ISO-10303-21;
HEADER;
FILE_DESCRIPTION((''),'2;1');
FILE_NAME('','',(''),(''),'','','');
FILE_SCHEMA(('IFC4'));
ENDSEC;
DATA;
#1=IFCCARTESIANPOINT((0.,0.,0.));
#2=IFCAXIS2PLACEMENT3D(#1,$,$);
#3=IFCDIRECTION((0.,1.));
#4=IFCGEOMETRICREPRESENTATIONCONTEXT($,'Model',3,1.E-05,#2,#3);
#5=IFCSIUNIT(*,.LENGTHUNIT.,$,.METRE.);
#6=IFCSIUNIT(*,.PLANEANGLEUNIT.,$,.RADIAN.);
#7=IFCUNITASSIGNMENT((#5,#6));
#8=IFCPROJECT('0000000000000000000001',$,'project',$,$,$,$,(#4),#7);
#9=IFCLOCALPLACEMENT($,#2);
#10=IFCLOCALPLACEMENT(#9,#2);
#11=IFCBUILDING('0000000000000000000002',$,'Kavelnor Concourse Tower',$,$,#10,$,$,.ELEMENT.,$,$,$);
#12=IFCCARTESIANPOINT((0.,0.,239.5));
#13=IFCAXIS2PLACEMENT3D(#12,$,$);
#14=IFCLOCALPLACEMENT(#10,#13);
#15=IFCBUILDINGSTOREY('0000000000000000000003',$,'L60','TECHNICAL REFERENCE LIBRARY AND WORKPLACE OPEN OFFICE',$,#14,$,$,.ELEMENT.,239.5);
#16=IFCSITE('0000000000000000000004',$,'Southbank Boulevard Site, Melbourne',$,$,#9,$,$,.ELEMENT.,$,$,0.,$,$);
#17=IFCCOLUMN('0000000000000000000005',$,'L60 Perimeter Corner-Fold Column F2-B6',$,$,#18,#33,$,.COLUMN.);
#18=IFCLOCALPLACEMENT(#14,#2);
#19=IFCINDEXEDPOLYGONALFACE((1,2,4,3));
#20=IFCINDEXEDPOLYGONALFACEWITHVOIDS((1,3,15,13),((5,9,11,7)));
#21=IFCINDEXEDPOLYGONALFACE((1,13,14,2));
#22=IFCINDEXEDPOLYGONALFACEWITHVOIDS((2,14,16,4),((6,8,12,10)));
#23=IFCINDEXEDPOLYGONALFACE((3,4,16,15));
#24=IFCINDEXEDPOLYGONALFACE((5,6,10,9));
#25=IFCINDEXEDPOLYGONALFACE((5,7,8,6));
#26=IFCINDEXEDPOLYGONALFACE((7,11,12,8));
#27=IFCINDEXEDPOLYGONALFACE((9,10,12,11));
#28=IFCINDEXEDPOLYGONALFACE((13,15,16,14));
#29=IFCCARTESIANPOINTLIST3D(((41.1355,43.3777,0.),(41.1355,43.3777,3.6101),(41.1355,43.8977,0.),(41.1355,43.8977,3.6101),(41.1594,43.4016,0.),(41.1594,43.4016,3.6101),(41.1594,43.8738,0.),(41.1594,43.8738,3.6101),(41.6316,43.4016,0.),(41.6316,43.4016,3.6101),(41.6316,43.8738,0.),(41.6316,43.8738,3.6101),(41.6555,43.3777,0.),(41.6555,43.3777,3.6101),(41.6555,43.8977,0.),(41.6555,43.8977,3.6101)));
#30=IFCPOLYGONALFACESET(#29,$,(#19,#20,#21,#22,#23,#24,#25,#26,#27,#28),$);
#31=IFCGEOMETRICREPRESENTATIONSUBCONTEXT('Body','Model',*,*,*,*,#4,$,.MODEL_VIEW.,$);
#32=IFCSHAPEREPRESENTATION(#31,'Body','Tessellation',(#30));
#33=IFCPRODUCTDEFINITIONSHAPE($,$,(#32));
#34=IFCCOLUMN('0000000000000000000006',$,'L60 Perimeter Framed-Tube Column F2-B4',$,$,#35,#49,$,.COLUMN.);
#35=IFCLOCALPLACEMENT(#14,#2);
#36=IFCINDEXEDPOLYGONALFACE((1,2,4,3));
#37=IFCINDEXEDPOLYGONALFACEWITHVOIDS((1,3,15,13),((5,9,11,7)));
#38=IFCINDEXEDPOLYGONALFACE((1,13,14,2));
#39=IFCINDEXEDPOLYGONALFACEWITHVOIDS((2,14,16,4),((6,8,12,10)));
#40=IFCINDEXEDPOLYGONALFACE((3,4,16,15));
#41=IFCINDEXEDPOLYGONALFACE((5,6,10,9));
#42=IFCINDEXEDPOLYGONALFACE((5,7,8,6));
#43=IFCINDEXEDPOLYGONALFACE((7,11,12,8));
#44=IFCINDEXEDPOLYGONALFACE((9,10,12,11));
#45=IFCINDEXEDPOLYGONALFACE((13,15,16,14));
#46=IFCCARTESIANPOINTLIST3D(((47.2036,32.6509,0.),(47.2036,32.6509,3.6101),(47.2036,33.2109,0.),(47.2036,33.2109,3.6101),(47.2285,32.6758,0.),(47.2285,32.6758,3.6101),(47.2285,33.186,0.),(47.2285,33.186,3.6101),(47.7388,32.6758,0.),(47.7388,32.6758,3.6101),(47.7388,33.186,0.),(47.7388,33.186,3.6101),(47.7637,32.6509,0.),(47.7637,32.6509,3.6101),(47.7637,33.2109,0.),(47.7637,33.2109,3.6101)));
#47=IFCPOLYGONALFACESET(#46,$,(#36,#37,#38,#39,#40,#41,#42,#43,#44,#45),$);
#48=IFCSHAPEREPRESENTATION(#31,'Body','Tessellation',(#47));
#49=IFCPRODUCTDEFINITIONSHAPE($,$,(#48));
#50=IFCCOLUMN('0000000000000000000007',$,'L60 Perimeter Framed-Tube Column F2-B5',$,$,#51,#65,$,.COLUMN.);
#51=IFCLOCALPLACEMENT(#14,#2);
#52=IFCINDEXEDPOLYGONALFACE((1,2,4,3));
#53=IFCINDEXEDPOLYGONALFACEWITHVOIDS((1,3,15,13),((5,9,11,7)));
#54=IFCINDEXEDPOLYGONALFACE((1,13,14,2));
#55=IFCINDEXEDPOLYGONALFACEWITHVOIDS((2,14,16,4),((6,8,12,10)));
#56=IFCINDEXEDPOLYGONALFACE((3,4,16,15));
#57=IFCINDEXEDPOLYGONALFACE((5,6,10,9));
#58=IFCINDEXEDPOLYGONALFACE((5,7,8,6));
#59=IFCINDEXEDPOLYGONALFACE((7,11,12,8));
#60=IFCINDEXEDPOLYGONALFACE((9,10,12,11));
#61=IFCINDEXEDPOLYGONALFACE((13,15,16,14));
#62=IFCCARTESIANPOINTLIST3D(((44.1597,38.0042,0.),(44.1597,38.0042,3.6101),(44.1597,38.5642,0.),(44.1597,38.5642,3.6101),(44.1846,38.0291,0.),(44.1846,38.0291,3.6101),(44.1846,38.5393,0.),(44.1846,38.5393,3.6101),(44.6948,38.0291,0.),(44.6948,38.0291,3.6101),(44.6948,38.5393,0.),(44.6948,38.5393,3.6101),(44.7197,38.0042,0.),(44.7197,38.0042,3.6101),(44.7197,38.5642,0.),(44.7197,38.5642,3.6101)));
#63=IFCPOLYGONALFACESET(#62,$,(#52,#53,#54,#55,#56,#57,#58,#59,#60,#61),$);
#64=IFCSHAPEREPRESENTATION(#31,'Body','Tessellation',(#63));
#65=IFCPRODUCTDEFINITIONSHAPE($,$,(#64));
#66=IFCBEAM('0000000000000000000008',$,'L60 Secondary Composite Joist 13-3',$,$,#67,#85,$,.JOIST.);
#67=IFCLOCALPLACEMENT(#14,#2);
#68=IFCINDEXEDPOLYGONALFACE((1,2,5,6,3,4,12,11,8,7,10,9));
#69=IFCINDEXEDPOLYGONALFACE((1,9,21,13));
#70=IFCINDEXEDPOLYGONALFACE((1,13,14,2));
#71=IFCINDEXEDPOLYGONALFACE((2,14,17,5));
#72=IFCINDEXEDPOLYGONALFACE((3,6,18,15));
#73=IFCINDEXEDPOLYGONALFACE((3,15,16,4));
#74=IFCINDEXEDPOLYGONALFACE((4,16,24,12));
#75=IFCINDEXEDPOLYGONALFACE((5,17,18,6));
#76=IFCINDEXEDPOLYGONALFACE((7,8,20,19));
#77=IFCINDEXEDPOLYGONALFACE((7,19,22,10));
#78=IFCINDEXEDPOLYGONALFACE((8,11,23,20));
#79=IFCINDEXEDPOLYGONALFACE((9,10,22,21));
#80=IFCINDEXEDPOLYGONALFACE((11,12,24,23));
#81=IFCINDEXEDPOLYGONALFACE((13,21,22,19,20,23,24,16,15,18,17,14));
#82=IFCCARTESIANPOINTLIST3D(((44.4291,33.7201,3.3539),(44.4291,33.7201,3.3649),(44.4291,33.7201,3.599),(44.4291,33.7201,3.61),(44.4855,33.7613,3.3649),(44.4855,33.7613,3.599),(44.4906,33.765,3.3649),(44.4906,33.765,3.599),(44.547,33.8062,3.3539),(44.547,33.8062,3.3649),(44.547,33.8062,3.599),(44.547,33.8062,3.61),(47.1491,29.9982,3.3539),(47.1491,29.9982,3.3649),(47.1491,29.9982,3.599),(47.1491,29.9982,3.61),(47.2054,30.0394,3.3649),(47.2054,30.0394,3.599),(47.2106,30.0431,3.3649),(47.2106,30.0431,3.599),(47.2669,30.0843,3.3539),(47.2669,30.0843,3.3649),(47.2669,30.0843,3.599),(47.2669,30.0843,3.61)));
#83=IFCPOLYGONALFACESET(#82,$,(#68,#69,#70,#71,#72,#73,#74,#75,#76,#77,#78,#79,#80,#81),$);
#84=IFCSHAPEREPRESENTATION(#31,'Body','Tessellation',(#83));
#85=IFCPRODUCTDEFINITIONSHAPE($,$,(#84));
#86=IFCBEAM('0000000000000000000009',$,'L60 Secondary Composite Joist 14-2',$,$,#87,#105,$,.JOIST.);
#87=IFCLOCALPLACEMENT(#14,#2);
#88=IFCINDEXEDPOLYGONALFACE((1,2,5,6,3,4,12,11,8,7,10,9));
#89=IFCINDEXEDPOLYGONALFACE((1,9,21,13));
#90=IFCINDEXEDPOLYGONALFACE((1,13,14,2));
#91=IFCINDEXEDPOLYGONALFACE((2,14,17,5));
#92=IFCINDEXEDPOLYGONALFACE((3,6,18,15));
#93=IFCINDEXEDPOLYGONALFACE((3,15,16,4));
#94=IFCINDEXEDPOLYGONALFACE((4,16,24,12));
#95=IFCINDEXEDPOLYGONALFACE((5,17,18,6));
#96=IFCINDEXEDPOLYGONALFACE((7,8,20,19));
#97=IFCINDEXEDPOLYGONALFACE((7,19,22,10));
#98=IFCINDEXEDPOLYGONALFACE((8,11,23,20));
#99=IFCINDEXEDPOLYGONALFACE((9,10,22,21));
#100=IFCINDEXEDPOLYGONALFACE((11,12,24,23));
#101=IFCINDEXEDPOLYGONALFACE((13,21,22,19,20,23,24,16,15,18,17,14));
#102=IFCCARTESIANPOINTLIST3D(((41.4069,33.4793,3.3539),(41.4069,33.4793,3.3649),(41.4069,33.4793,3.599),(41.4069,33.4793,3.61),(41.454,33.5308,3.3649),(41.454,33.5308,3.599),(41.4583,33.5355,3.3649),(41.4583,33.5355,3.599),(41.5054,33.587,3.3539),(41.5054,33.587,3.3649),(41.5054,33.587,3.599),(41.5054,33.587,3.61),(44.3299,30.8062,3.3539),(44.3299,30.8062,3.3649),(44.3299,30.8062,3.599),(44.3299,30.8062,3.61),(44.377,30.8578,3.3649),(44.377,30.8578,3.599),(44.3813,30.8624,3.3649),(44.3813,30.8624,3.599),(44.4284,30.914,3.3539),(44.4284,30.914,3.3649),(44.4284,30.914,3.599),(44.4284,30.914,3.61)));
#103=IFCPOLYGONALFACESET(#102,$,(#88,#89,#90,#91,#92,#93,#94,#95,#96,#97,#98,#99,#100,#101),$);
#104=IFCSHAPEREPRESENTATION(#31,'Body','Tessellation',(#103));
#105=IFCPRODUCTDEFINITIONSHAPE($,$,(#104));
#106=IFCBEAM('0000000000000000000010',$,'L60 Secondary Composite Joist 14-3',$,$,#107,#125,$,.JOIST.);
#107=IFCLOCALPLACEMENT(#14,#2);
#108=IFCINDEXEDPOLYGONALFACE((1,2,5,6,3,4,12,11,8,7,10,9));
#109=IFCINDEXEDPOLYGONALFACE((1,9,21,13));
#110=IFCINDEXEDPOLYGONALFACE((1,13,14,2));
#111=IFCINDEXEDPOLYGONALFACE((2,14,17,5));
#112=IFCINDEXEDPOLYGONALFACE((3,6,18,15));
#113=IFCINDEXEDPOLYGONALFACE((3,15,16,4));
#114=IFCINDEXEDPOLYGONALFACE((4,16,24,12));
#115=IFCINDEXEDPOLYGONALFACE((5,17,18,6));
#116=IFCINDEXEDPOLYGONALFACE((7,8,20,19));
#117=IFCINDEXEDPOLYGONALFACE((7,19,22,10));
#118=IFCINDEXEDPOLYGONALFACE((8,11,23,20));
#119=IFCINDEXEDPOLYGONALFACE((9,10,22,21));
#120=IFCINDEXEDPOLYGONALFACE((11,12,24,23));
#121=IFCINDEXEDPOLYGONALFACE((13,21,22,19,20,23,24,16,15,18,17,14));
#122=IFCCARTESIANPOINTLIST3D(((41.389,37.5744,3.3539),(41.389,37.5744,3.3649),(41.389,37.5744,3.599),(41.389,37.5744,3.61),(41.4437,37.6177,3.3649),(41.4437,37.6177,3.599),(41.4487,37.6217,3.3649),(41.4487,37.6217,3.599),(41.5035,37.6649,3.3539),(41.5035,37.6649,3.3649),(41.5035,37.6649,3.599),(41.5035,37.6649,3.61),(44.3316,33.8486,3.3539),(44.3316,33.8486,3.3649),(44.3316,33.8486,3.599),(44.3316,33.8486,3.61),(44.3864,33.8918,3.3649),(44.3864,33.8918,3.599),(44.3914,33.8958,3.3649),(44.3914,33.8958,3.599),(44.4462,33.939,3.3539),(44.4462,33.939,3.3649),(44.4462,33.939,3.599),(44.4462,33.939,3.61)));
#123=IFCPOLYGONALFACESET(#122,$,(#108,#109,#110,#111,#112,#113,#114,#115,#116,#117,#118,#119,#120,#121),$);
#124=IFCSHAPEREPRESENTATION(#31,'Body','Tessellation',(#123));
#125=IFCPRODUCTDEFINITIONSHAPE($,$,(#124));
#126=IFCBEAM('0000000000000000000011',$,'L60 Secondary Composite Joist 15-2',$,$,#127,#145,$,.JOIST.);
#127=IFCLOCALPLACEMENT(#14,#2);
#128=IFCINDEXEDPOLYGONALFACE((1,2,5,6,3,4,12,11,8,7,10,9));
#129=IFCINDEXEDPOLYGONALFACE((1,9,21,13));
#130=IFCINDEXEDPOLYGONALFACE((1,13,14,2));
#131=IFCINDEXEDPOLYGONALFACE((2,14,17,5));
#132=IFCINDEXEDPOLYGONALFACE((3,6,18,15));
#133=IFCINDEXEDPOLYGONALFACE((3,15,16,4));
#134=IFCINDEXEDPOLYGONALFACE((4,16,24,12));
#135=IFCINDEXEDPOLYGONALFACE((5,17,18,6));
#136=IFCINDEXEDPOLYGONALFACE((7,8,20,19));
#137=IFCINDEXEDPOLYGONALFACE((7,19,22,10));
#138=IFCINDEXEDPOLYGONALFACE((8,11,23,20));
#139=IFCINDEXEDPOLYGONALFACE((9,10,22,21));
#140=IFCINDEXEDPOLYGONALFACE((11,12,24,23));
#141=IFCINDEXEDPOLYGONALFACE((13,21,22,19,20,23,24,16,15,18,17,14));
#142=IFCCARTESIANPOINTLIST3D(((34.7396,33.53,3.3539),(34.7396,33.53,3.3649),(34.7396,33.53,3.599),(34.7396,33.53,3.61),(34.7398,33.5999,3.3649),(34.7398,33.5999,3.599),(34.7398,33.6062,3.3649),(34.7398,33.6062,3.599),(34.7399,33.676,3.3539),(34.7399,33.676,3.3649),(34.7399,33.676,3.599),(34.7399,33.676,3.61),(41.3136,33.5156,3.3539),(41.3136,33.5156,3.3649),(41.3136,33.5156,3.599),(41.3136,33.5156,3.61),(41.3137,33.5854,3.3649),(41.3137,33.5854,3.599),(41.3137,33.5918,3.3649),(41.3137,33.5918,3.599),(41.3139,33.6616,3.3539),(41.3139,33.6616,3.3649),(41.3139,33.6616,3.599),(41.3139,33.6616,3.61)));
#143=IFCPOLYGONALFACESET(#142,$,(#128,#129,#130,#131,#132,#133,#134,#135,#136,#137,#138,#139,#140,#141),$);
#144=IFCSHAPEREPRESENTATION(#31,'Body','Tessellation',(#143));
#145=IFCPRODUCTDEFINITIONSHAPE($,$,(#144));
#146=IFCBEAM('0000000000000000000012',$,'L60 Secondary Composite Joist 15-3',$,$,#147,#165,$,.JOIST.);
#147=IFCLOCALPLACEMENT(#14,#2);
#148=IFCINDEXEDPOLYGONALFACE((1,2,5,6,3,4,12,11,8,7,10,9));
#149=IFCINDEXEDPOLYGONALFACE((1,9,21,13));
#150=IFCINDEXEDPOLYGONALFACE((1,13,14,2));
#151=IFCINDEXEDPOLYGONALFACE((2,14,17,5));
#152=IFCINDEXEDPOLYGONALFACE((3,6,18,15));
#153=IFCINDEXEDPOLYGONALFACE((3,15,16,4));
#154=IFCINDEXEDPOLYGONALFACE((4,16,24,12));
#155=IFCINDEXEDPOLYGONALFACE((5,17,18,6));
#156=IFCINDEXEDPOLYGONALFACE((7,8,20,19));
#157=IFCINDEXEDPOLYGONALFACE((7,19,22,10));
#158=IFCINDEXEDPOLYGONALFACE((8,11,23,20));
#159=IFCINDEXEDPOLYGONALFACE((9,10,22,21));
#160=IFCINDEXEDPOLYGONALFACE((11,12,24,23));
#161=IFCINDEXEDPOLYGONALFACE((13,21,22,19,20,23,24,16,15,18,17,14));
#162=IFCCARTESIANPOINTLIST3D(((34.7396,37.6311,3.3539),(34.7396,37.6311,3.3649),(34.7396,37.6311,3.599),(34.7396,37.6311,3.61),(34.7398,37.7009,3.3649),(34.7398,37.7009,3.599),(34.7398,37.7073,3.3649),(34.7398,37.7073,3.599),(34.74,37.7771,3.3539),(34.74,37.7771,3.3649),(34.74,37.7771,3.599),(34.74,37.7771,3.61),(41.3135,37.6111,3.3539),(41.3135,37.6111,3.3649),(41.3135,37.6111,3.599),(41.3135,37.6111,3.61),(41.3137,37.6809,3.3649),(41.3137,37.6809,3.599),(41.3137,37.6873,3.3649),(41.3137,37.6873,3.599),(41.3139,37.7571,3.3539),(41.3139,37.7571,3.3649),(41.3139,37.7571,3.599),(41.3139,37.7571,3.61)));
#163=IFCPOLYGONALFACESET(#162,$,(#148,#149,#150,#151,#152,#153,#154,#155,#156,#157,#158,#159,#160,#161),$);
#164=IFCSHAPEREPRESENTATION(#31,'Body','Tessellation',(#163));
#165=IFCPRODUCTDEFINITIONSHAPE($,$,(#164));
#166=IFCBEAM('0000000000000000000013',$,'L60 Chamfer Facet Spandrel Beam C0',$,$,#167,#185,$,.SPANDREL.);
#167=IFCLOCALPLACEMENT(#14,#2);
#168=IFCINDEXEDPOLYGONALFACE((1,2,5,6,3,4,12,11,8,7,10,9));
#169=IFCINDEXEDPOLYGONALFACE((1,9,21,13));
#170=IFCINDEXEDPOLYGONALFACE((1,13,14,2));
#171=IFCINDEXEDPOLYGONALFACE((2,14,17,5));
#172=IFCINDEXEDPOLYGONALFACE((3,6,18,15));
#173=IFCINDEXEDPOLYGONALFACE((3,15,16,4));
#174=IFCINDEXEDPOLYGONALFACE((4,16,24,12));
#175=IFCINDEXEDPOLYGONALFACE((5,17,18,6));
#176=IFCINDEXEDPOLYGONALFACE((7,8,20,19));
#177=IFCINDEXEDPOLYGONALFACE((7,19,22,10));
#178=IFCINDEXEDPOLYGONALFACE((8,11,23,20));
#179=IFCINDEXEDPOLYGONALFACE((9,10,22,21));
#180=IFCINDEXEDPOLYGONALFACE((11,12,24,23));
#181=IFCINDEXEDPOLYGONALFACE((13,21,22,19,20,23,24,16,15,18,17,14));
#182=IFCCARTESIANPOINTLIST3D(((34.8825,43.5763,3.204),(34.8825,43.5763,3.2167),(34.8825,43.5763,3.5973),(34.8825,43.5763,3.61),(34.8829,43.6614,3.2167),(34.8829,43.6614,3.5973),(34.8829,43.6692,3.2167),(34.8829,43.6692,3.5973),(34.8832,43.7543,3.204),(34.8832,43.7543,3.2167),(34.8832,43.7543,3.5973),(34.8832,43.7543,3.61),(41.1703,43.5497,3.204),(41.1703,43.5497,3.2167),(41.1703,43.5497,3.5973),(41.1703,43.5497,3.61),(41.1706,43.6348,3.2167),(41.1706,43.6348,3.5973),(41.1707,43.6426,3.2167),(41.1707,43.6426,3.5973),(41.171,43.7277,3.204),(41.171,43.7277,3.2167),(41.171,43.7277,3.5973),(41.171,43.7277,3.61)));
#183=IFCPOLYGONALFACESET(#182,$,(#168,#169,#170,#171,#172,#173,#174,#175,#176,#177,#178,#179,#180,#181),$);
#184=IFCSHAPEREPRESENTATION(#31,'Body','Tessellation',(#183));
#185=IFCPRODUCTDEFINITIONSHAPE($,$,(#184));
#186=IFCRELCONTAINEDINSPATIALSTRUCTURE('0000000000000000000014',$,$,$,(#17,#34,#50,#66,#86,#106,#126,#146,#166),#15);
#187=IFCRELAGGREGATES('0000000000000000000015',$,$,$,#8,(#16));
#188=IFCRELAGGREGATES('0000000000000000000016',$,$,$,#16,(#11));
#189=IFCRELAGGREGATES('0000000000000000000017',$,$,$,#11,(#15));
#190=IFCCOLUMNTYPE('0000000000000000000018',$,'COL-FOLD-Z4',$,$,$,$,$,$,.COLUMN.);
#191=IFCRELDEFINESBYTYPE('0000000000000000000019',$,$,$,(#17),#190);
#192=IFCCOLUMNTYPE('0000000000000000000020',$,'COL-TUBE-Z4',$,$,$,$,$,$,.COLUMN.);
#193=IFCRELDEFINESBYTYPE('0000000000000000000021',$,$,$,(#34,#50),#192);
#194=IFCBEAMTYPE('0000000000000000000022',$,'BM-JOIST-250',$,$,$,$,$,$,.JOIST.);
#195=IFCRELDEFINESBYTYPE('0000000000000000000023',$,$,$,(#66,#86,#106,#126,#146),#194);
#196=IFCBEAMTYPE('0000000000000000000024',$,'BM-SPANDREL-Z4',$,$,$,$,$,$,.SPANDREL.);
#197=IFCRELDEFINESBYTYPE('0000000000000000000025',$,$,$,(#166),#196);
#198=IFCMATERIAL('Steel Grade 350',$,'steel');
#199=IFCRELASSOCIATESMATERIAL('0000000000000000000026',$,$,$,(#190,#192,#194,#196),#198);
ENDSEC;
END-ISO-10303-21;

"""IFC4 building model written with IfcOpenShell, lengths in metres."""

from ifc_helpers import new_model, si_unit, direction, frame, origin, origin_2d, place, context, subcontext, project, spatial, hollow_rectangle, i_section, extrude, material, material_profile, profile_set, type_object, element, save


model = new_model("IFC4")

# Units and contexts
model_context = context("Model", 3, precision=1e-05, world=origin(), true_north=direction((0.0, 1.0)))
body_context = subcontext(model_context, "Body", "Model", "MODEL_VIEW")
ifc_project = project(units=[si_unit("LENGTHUNIT", "METRE"), si_unit("PLANEANGLEUNIT", "RADIAN")], contexts=[model_context])

# Site, building, storey
site_placement = place(None, origin())
site = spatial("IfcSite", under=ifc_project, at=site_placement, Name="Southbank Boulevard Site, Melbourne", CompositionType="ELEMENT", RefElevation=0.0)
building_placement = place(site_placement, origin())
building = spatial("IfcBuilding", under=site, at=building_placement, Name="Kavelnor Concourse Tower", CompositionType="ELEMENT")
storey_placement = place(building_placement, frame((0.0, 0.0, 239.5)))
storey = spatial("IfcBuildingStorey", under=building, at=storey_placement, Name="L60", Description="TECHNICAL REFERENCE LIBRARY AND WORKPLACE OPEN OFFICE", CompositionType="ELEMENT", Elevation=239.5)

# Columns
ifc_material_1 = material(Name="Steel Grade 350", Category="steel")
ifc_material_profile_1 = material_profile(ifc_material_1, hollow_rectangle(XDim=0.52, YDim=0.52, WallThickness=0.0239, at=origin_2d()), Name="SHS 520x520x24")
ifc_profile_set_1 = profile_set([ifc_material_profile_1], Name="Steel Grade 350")
column_type_1 = type_object("IfcColumnType", Name="COL-FOLD-Z4", PredefinedType="COLUMN", material=ifc_profile_set_1)
column_placement = place(storey_placement, frame((41.3955, 43.6377, 0.0), z_axis=(0.0, 0.0, 1.0), x_axis=(1.0, 0.0, 0.0)))
element("IfcColumn", 1, at=column_placement, inside=storey, type_object=column_type_1, Name="L60 Perimeter Corner-Fold Column F2-B6", PredefinedType="COLUMN", context=body_context, shape_type="SweptSolid", body=[
    extrude(hollow_rectangle(XDim=0.52, YDim=0.52, WallThickness=0.0239, at=origin_2d()), origin(), (0.0, 0.0, 1.0), 3.6101),
])
ifc_material_profile_2 = material_profile(ifc_material_1, hollow_rectangle(XDim=0.5601, YDim=0.5601, WallThickness=0.0249, at=origin_2d()), Name="SHS 560x560x25")
ifc_profile_set_2 = profile_set([ifc_material_profile_2], Name="Steel Grade 350")
column_type_2 = type_object("IfcColumnType", Name="COL-TUBE-Z4", PredefinedType="COLUMN", material=ifc_profile_set_2)
for number, where, z_axis, x_axis, name in (
    (2, (47.4836, 32.9309, 0.0), (0.0, 0.0, 1.0), (1.0, 0.0, 0.0), "L60 Perimeter Framed-Tube Column F2-B4"),
    (3, (44.4397, 38.2842, 0.0), (0.0, 0.0, 1.0), (1.0, 0.0, 0.0), "L60 Perimeter Framed-Tube Column F2-B5"),
):
    element("IfcColumn", number, at=place(storey_placement, frame(where, z_axis=z_axis, x_axis=x_axis)), inside=storey, type_object=column_type_2, Name=name, PredefinedType="COLUMN", context=body_context, shape_type="SweptSolid", body=[
        extrude(hollow_rectangle(XDim=0.5601, YDim=0.5601, WallThickness=0.0249, at=origin_2d()), origin(), (0.0, 0.0, 1.0), 3.6101),
    ])

# Beams
ifc_material_profile_3 = material_profile(ifc_material_1, i_section(OverallWidth=0.146, OverallDepth=0.2561, WebThickness=0.0063, FlangeThickness=0.011, at=origin_2d()), Name="250UB37")
ifc_profile_set_3 = profile_set([ifc_material_profile_3], Name="Steel Grade 350")
beam_type_1 = type_object("IfcBeamType", Name="BM-JOIST-250", PredefinedType="JOIST", material=ifc_profile_set_3)
beam_1_placement = place(storey_placement, frame((47.208, 30.0413, 3.4819), z_axis=(-0.590031, 0.80738, 0.0), x_axis=(-0.80738, -0.590031, 0.0)))
element("IfcBeam", 4, at=beam_1_placement, inside=storey, type_object=beam_type_1, Name="L60 Secondary Composite Joist 13-3", PredefinedType="JOIST", context=body_context, shape_type="SweptSolid", body=[
    extrude(i_section(OverallWidth=0.146, OverallDepth=0.2561, WebThickness=0.0063, FlangeThickness=0.011, at=origin_2d()), origin(), (0.0, 0.0, 1.0), 4.6099),
])
beam_2_placement = place(storey_placement, frame((44.3792, 30.8601, 3.4819), z_axis=(-0.73796, 0.674845, 0.0), x_axis=(-0.674845, -0.73796, 0.0)))
element("IfcBeam", 5, at=beam_2_placement, inside=storey, type_object=beam_type_1, Name="L60 Secondary Composite Joist 14-2", PredefinedType="JOIST", context=body_context, shape_type="SweptSolid", body=[
    extrude(i_section(OverallWidth=0.146, OverallDepth=0.2561, WebThickness=0.0063, FlangeThickness=0.011, at=origin_2d()), origin(), (0.0, 0.0, 1.0), 3.9609),
])
beam_3_placement = place(storey_placement, frame((44.3889, 33.8938, 3.4819), z_axis=(-0.619798, 0.784762, 0.0), x_axis=(-0.784762, -0.619798, 0.0)))
element("IfcBeam", 6, at=beam_3_placement, inside=storey, type_object=beam_type_1, Name="L60 Secondary Composite Joist 14-3", PredefinedType="JOIST", context=body_context, shape_type="SweptSolid", body=[
    extrude(i_section(OverallWidth=0.146, OverallDepth=0.2561, WebThickness=0.0063, FlangeThickness=0.011, at=origin_2d()), origin(), (0.0, 0.0, 1.0), 4.7478),
])
for number, where, z_axis, x_axis, name in (
    (7, (41.3137, 33.5886, 3.4819), (-0.999998, 0.002191, 0.0), (-0.002191, -0.999998, 0.0), "L60 Secondary Composite Joist 15-2"),
    (8, (41.3137, 37.6841, 3.4819), (-0.999995, 0.003045, 0.0), (-0.003045, -0.999995, 0.0), "L60 Secondary Composite Joist 15-3"),
):
    element("IfcBeam", number, at=place(storey_placement, frame(where, z_axis=z_axis, x_axis=x_axis)), inside=storey, type_object=beam_type_1, Name=name, PredefinedType="JOIST", context=body_context, shape_type="SweptSolid", body=[
        extrude(i_section(OverallWidth=0.146, OverallDepth=0.2561, WebThickness=0.0063, FlangeThickness=0.011, at=origin_2d()), origin(), (0.0, 0.0, 1.0), 6.574),
    ])
ifc_material_profile_4 = material_profile(ifc_material_1, i_section(OverallWidth=0.178, OverallDepth=0.406, WebThickness=0.0078, FlangeThickness=0.0127, at=origin_2d()), Name="410UB59")
ifc_profile_set_4 = profile_set([ifc_material_profile_4], Name="Steel Grade 350")
beam_type_2 = type_object("IfcBeamType", Name="BM-SPANDREL-Z4", PredefinedType="SPANDREL", material=ifc_profile_set_4)
beam_4_placement = place(storey_placement, frame((41.1707, 43.6387, 3.407), z_axis=(-0.999991, 0.004232, 0.0), x_axis=(-0.004232, -0.999991, 0.0)))
element("IfcBeam", 9, at=beam_4_placement, inside=storey, type_object=beam_type_2, Name="L60 Chamfer Facet Spandrel Beam C0", PredefinedType="SPANDREL", context=body_context, shape_type="SweptSolid", body=[
    extrude(i_section(OverallWidth=0.178, OverallDepth=0.406, WebThickness=0.0078, FlangeThickness=0.0127, at=origin_2d()), origin(), (0.0, 0.0, 1.0), 6.2878),
])

save(model, "model.ifc")
